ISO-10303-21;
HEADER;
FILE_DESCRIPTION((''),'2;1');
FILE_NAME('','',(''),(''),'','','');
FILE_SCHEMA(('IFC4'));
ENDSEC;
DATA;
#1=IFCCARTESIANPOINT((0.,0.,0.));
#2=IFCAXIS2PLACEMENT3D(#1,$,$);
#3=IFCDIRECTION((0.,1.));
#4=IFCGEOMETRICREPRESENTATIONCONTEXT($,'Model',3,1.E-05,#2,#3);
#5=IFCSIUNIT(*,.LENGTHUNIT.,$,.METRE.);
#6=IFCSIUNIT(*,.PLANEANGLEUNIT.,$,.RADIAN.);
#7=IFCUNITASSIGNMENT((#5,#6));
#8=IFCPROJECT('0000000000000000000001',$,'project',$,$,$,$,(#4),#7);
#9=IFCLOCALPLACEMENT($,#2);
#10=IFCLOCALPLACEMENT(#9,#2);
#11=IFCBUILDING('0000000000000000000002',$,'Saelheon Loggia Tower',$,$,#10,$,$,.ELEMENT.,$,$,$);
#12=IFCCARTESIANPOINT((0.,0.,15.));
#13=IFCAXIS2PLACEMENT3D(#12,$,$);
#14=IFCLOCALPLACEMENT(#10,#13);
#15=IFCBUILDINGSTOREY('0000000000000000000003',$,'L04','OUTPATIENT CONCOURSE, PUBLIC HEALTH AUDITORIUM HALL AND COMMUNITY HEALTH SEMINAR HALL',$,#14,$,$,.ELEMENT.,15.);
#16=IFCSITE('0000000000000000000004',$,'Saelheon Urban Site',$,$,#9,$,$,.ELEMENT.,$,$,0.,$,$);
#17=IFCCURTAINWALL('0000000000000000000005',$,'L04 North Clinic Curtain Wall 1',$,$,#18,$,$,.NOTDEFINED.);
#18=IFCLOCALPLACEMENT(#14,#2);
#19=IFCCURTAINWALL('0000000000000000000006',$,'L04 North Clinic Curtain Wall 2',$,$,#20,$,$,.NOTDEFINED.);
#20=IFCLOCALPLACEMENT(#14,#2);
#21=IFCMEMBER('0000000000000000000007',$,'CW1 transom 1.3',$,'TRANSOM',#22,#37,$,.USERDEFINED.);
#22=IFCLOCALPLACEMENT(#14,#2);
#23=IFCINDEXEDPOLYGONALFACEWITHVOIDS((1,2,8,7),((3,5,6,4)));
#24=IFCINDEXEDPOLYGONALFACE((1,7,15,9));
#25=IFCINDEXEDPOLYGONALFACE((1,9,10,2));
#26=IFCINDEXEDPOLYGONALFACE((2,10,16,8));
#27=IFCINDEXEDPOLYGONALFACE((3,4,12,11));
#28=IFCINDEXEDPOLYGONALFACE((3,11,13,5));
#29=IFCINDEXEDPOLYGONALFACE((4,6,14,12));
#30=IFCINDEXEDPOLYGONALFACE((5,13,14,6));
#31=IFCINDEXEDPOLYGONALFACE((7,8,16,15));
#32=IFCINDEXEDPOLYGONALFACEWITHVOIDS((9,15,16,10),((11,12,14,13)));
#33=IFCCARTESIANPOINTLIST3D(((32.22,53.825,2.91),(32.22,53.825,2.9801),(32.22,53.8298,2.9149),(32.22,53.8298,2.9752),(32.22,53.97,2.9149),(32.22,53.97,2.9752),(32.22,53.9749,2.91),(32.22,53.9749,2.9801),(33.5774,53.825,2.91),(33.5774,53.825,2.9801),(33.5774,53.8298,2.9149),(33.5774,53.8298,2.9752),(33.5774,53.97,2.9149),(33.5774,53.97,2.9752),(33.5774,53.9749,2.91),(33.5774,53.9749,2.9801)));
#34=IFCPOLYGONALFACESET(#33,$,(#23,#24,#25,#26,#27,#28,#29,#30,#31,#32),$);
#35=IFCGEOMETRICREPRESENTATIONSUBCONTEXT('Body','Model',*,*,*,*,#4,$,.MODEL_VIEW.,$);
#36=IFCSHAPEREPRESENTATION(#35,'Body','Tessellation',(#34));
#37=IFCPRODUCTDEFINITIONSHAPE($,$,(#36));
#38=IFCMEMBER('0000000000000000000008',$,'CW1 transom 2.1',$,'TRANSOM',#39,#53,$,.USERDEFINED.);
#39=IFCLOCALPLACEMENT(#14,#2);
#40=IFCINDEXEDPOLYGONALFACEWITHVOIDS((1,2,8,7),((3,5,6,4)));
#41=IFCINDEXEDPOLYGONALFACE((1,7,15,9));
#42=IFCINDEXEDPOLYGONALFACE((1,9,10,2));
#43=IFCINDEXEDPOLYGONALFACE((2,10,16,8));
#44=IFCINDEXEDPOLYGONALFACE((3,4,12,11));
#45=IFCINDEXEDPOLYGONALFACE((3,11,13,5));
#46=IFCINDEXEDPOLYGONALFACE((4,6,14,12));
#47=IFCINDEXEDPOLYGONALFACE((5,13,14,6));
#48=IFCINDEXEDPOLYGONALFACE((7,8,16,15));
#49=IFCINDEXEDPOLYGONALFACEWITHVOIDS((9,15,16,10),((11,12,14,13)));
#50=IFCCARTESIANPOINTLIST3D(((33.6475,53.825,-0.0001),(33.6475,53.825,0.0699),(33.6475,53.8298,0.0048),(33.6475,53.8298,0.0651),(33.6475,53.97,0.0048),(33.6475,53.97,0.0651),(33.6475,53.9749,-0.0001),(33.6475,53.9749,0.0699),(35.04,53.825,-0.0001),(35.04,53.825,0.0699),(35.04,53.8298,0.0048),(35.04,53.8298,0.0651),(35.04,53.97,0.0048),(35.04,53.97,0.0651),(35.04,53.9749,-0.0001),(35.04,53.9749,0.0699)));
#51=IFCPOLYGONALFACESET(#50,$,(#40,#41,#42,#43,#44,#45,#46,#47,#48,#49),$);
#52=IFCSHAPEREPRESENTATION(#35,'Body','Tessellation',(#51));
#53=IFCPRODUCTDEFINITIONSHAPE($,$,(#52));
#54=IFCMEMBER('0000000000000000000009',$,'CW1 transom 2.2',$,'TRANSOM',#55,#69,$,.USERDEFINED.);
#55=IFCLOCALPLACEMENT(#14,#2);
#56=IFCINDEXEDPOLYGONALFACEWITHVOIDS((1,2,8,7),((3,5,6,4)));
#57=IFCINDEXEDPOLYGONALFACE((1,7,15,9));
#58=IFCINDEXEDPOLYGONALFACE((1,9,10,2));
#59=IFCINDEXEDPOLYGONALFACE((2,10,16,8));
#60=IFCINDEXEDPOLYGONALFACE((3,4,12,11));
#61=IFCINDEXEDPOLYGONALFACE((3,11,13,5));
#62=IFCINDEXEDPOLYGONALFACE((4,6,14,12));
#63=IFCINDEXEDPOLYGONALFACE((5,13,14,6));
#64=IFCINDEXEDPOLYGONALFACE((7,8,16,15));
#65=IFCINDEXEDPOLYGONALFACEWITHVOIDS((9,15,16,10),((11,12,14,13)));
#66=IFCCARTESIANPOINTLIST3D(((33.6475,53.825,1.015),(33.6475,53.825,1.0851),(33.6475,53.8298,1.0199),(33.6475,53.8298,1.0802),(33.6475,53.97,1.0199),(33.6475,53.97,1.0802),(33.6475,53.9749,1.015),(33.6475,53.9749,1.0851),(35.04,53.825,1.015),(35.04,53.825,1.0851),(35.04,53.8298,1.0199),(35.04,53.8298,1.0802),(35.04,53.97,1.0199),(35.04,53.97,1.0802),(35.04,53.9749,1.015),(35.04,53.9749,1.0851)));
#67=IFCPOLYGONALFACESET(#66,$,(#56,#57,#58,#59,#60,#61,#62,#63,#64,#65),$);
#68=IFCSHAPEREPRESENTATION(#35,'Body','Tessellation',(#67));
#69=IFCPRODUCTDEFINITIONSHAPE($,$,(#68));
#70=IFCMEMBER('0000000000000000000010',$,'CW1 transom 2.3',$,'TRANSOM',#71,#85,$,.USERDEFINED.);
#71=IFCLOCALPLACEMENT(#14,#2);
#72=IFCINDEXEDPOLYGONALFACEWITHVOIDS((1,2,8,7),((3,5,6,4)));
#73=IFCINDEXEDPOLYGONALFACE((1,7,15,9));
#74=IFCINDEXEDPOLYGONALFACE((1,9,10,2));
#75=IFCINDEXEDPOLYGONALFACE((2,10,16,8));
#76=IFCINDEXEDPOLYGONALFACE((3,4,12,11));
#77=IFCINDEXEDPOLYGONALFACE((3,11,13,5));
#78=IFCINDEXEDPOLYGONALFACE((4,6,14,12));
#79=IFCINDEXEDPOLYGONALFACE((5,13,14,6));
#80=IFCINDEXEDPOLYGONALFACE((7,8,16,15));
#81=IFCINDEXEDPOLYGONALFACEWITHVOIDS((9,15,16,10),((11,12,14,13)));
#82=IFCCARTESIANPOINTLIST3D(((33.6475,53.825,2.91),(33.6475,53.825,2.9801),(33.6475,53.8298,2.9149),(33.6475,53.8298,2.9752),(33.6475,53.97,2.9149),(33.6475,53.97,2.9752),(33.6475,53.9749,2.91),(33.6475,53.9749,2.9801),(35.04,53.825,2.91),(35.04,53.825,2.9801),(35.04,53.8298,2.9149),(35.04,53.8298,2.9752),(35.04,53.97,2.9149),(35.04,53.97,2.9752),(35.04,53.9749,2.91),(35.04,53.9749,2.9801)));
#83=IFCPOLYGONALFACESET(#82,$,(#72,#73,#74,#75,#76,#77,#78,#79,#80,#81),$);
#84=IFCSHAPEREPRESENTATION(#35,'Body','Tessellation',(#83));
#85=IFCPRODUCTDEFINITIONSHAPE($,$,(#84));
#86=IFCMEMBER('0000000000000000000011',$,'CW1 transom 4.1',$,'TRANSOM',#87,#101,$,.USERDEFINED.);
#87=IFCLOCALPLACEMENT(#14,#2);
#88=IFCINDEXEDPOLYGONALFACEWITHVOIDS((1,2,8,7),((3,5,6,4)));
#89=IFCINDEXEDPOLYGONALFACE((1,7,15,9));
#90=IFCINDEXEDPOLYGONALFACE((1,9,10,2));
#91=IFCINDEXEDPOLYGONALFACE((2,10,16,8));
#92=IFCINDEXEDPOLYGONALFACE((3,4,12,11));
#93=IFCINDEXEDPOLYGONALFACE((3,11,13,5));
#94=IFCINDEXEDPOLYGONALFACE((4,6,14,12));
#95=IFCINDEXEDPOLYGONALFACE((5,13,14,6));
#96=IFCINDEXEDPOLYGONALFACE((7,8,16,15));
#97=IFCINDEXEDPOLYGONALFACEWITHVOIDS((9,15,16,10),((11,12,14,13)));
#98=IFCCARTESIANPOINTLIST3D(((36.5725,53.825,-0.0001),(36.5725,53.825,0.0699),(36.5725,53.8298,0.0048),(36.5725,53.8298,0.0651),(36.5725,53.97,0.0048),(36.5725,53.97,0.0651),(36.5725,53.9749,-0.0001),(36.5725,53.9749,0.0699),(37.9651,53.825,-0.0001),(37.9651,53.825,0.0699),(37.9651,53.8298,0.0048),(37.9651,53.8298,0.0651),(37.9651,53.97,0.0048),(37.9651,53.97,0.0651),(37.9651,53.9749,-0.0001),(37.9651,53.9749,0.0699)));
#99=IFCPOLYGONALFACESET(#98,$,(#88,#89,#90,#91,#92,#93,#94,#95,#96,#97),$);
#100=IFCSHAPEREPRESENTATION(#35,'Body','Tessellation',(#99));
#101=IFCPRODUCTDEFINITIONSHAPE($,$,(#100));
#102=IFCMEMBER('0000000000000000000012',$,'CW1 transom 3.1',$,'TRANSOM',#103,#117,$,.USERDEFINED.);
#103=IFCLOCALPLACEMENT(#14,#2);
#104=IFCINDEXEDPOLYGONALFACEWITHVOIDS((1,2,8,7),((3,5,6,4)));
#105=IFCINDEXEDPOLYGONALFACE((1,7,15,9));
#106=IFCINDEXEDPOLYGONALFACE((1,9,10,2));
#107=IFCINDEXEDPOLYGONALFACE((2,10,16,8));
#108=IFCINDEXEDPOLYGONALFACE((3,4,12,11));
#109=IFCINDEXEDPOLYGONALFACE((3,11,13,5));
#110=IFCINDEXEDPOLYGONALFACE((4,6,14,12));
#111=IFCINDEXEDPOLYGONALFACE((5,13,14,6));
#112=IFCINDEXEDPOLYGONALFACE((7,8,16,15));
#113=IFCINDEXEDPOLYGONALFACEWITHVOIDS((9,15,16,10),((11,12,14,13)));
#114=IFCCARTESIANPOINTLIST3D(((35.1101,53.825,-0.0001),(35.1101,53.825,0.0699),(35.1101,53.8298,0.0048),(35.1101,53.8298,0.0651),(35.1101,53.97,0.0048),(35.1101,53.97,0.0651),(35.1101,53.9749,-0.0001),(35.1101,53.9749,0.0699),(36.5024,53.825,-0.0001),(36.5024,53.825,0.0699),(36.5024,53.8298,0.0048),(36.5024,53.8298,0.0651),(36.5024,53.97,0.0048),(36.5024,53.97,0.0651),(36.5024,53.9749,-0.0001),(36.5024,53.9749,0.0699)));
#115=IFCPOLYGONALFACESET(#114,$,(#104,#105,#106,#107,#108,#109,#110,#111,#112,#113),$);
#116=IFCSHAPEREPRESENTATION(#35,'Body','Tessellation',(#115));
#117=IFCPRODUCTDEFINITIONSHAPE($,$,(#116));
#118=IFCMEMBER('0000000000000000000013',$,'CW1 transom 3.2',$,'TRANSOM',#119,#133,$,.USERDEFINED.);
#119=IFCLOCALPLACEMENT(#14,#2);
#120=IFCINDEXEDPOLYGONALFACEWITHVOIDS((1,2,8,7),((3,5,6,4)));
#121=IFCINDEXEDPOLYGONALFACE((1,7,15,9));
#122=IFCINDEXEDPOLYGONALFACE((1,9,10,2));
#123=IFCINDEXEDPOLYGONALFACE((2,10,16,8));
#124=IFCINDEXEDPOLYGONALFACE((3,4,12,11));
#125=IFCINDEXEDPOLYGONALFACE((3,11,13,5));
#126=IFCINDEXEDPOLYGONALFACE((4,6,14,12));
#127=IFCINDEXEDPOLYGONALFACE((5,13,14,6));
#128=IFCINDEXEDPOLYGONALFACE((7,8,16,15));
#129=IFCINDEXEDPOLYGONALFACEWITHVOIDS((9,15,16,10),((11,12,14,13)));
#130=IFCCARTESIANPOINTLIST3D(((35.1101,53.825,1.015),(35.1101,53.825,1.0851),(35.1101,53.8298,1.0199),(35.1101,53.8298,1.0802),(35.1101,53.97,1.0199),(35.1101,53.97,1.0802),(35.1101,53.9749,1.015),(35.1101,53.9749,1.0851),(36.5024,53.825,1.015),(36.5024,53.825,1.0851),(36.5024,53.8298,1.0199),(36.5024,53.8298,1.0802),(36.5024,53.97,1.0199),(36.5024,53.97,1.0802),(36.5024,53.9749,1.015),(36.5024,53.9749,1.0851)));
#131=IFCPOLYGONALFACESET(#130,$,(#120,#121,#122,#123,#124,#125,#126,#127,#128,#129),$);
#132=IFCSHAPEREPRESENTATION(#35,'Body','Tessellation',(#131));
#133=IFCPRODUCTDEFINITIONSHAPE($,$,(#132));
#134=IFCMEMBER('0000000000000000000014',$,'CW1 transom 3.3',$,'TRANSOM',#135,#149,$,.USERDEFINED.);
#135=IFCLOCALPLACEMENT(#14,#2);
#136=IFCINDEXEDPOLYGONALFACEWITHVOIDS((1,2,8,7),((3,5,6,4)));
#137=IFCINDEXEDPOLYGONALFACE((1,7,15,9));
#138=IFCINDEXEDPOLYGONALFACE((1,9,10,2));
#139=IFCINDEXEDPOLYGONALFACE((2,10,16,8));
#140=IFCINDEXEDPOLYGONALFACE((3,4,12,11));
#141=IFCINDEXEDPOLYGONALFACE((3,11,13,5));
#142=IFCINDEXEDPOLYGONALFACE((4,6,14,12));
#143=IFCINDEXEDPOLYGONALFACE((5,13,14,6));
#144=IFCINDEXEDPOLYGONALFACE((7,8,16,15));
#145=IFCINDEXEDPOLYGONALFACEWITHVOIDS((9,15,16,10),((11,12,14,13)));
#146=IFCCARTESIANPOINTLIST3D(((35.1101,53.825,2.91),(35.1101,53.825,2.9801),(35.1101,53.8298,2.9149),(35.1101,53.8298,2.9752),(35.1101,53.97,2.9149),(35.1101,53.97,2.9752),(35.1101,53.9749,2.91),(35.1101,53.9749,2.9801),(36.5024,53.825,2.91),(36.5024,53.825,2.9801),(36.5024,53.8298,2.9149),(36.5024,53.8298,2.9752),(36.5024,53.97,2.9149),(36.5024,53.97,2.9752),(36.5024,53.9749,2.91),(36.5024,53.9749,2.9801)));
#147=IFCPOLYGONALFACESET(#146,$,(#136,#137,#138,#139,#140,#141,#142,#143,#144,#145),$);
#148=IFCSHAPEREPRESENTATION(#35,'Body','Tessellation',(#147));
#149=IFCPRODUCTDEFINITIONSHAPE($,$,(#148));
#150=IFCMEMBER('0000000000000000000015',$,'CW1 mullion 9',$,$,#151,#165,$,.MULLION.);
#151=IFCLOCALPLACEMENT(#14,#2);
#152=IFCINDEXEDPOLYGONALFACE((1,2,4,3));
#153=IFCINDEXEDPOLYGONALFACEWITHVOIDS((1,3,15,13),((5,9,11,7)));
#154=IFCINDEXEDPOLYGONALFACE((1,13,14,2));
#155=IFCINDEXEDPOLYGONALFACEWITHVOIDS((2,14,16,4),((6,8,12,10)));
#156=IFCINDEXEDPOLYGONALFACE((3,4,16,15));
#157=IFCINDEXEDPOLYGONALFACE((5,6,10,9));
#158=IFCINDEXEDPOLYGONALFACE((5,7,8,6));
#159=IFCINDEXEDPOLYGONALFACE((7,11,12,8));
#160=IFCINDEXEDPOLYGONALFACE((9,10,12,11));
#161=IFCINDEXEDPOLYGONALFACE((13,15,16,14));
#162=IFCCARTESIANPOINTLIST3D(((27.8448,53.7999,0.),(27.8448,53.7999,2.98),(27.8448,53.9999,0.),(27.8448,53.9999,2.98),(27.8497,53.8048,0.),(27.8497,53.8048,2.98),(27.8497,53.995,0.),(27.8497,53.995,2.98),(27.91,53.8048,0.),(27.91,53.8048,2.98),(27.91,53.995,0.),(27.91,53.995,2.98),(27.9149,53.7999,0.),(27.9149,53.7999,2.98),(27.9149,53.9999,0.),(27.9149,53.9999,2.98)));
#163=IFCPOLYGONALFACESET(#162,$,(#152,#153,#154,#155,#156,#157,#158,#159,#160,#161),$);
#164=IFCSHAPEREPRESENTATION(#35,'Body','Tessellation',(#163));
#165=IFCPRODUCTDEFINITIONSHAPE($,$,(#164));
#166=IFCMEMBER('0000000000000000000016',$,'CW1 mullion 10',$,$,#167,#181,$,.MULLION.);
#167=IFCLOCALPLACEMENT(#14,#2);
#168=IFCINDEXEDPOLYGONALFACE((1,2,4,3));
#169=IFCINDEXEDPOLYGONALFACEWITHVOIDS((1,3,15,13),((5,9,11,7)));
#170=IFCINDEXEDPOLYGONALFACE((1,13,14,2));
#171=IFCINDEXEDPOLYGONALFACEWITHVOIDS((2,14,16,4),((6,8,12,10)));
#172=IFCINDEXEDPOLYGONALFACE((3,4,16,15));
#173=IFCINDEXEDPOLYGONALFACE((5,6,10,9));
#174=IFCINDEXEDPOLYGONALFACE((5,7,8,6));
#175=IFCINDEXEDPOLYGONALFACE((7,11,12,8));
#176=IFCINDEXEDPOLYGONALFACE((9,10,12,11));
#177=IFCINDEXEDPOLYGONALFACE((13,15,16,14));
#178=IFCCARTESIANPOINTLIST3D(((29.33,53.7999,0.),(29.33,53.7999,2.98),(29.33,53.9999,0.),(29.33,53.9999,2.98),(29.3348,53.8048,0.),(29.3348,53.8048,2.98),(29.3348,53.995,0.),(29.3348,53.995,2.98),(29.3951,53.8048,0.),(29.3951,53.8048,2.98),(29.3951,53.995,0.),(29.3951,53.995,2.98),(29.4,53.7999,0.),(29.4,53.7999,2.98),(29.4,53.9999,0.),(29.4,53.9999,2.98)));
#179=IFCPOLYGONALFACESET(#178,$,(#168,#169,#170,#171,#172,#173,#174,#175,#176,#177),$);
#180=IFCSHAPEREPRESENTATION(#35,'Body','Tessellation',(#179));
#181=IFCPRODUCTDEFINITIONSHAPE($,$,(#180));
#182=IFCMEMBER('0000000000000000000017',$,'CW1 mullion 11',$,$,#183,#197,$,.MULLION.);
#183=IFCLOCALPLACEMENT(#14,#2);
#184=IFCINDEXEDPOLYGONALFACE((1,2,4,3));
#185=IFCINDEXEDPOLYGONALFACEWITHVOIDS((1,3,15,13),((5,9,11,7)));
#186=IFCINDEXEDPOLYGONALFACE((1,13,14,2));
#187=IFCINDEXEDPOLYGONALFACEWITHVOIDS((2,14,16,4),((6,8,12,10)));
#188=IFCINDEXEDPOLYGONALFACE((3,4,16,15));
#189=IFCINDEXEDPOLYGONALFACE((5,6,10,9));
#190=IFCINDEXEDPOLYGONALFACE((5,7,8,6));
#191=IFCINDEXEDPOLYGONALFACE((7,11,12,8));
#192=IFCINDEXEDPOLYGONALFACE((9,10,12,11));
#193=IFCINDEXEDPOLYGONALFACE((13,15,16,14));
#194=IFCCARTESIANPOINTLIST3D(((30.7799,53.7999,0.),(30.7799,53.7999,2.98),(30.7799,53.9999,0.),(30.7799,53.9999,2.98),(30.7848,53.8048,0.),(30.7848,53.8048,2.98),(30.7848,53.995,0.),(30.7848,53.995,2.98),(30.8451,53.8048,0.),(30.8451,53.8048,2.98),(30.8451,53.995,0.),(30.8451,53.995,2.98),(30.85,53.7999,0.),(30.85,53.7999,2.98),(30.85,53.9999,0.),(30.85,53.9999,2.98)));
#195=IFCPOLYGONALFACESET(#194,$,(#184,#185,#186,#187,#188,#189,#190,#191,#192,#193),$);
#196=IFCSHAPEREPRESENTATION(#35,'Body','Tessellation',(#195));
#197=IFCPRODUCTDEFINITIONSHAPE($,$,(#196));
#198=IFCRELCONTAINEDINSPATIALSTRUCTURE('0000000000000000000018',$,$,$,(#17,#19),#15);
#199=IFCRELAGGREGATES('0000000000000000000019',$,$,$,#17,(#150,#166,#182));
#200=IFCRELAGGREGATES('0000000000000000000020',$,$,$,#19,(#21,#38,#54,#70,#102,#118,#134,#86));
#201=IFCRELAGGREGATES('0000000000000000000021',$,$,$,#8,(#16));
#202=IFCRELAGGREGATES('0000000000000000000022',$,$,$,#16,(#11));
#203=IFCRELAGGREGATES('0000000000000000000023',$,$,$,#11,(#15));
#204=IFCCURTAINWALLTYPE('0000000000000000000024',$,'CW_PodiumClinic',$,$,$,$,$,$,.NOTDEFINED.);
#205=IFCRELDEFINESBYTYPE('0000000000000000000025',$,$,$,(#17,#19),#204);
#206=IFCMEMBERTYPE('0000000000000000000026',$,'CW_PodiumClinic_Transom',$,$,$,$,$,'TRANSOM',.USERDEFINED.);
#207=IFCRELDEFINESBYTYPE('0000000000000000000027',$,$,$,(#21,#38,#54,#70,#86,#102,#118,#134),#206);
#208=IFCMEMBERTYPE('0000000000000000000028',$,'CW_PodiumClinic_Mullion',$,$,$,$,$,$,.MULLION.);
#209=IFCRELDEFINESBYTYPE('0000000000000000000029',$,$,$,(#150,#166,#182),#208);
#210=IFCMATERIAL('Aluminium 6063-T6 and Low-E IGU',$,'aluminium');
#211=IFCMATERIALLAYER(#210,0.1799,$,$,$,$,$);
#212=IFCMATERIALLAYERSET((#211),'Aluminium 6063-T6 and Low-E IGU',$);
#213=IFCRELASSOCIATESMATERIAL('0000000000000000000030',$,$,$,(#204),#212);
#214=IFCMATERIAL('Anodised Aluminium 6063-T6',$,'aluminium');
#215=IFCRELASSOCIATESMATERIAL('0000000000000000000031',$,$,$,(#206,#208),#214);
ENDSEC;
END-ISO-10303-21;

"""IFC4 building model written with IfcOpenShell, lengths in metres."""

from ifc_helpers import new_model, si_unit, direction, frame, origin, origin_2d, place, context, subcontext, project, spatial, hollow_rectangle, extrude, source, transform, mapped, material, layer, layer_set, material_profile, profile_set, type_object, element, aggregate, save


model = new_model("IFC4")

# Units and contexts
model_context = context("Model", 3, precision=1e-05, world=origin(), true_north=direction((0.0, 1.0)))
body_context = subcontext(model_context, "Body", "Model", "MODEL_VIEW")
ifc_project = project(units=[si_unit("LENGTHUNIT", "METRE"), si_unit("PLANEANGLEUNIT", "RADIAN")], contexts=[model_context])

# Site, building, storey
site_placement = place(None, origin())
site = spatial("IfcSite", under=ifc_project, at=site_placement, Name="Saelheon Urban Site", CompositionType="ELEMENT", RefElevation=0.0)
building_placement = place(site_placement, origin())
building = spatial("IfcBuilding", under=site, at=building_placement, Name="Saelheon Loggia Tower", CompositionType="ELEMENT")
storey_placement = place(building_placement, frame((0.0, 0.0, 15.0)))
storey = spatial("IfcBuildingStorey", under=building, at=storey_placement, Name="L04", Description="OUTPATIENT CONCOURSE, PUBLIC HEALTH AUDITORIUM HALL AND COMMUNITY HEALTH SEMINAR HALL", CompositionType="ELEMENT", Elevation=15.0)

# Curtain walls, members
ifc_material_1 = material(Name="Aluminium 6063-T6 and Low-E IGU", Category="aluminium")
ifc_layer_1 = layer(ifc_material_1, 0.1799)
ifc_layer_set_1 = layer_set([ifc_layer_1], Name="Aluminium 6063-T6 and Low-E IGU")
curtain_wall_type = type_object("IfcCurtainWallType", Name="CW_PodiumClinic", PredefinedType="NOTDEFINED", material=ifc_layer_set_1)
curtain_wall_1_placement = place(storey_placement, origin())
curtain_wall_1 = element("IfcCurtainWall", 1, at=curtain_wall_1_placement, inside=storey, type_object=curtain_wall_type, Name="L04 North Clinic Curtain Wall 1", PredefinedType="NOTDEFINED")
ifc_material_2 = material(Name="Anodised Aluminium 6063-T6", Category="aluminium")
ifc_material_profile_1 = material_profile(ifc_material_2, hollow_rectangle(XDim=0.0701, YDim=0.1499, WallThickness=0.0049, at=origin_2d()), Name="RHS-150x70x5")
ifc_profile_set_1 = profile_set([ifc_material_profile_1], Name="Anodised Aluminium 6063-T6")
member_type_1 = type_object("IfcMemberType", Name="CW_PodiumClinic_Transom", ElementType="TRANSOM", PredefinedType="USERDEFINED", material=ifc_profile_set_1)
curtain_wall_2_placement = place(storey_placement, origin())
curtain_wall_2 = element("IfcCurtainWall", 2, at=curtain_wall_2_placement, inside=storey, type_object=curtain_wall_type, Name="L04 North Clinic Curtain Wall 2", PredefinedType="NOTDEFINED")
shared_shape_1 = source(origin(), body_context, "Body", "SweptSolid", [
    extrude(hollow_rectangle(XDim=0.0701, YDim=0.1499, WallThickness=0.0049, at=origin_2d()), origin(), (0.0, 0.0, 1.0), 1.3574),
])
member_1_placement = place(storey_placement, frame((32.22, 53.8999, 2.9451), z_axis=(1.0, 0.0, 0.0), x_axis=(0.0, 0.0, 1.0)))
member_1 = element("IfcMember", 3, at=member_1_placement, type_object=member_type_1, Name="CW1 transom 1.3", ObjectType="TRANSOM", PredefinedType="USERDEFINED", context=body_context, shape_type="MappedRepresentation", body=[
    mapped(shared_shape_1, transform((0.0, 0.0, 0.0), scale=1.0)),
])
shared_shape_2 = source(origin(), body_context, "Body", "SweptSolid", [
    extrude(hollow_rectangle(XDim=0.0701, YDim=0.1499, WallThickness=0.0049, at=origin_2d()), origin(), (0.0, 0.0, 1.0), 1.3926),
])
member_2_placement = place(storey_placement, frame((33.6475, 53.8999, 0.0349), z_axis=(1.0, 0.0, 0.0), x_axis=(0.0, 0.0, 1.0)))
member_2 = element("IfcMember", 4, at=member_2_placement, type_object=member_type_1, Name="CW1 transom 2.1", ObjectType="TRANSOM", PredefinedType="USERDEFINED", context=body_context, shape_type="MappedRepresentation", body=[
    mapped(shared_shape_2, transform((0.0, 0.0, 0.0), scale=1.0)),
])
member_3_placement = place(storey_placement, frame((33.6475, 53.8999, 1.05), z_axis=(1.0, 0.0, 0.0), x_axis=(0.0, 0.0, 1.0)))
member_3 = element("IfcMember", 5, at=member_3_placement, type_object=member_type_1, Name="CW1 transom 2.2", ObjectType="TRANSOM", PredefinedType="USERDEFINED", context=body_context, shape_type="MappedRepresentation", body=[
    mapped(shared_shape_2, transform((0.0, 0.0, 0.0), scale=1.0)),
])
member_4_placement = place(storey_placement, frame((33.6475, 53.8999, 2.9451), z_axis=(1.0, 0.0, 0.0), x_axis=(0.0, 0.0, 1.0)))
member_4 = element("IfcMember", 6, at=member_4_placement, type_object=member_type_1, Name="CW1 transom 2.3", ObjectType="TRANSOM", PredefinedType="USERDEFINED", context=body_context, shape_type="MappedRepresentation", body=[
    mapped(shared_shape_2, transform((0.0, 0.0, 0.0), scale=1.0)),
])
member_5_placement = place(storey_placement, frame((36.5725, 53.8999, 0.0349), z_axis=(1.0, 0.0, 0.0), x_axis=(0.0, 0.0, 1.0)))
member_5 = element("IfcMember", 7, at=member_5_placement, type_object=member_type_1, Name="CW1 transom 4.1", ObjectType="TRANSOM", PredefinedType="USERDEFINED", context=body_context, shape_type="MappedRepresentation", body=[
    mapped(shared_shape_2, transform((0.0, 0.0, 0.0), scale=1.0)),
])
shared_shape_3 = source(origin(), body_context, "Body", "SweptSolid", [
    extrude(hollow_rectangle(XDim=0.0701, YDim=0.1499, WallThickness=0.0049, at=origin_2d()), origin(), (0.0, 0.0, 1.0), 1.3923),
])
member_6_placement = place(storey_placement, frame((35.1101, 53.8999, 0.0349), z_axis=(1.0, 0.0, 0.0), x_axis=(0.0, 0.0, 1.0)))
member_6 = element("IfcMember", 8, at=member_6_placement, type_object=member_type_1, Name="CW1 transom 3.1", ObjectType="TRANSOM", PredefinedType="USERDEFINED", context=body_context, shape_type="MappedRepresentation", body=[
    mapped(shared_shape_3, transform((0.0, 0.0, 0.0), scale=1.0)),
])
member_7_placement = place(storey_placement, frame((35.1101, 53.8999, 1.05), z_axis=(1.0, 0.0, 0.0), x_axis=(0.0, 0.0, 1.0)))
member_7 = element("IfcMember", 9, at=member_7_placement, type_object=member_type_1, Name="CW1 transom 3.2", ObjectType="TRANSOM", PredefinedType="USERDEFINED", context=body_context, shape_type="MappedRepresentation", body=[
    mapped(shared_shape_3, transform((0.0, 0.0, 0.0), scale=1.0)),
])
member_8_placement = place(storey_placement, frame((35.1101, 53.8999, 2.9451), z_axis=(1.0, 0.0, 0.0), x_axis=(0.0, 0.0, 1.0)))
member_8 = element("IfcMember", 10, at=member_8_placement, type_object=member_type_1, Name="CW1 transom 3.3", ObjectType="TRANSOM", PredefinedType="USERDEFINED", context=body_context, shape_type="MappedRepresentation", body=[
    mapped(shared_shape_3, transform((0.0, 0.0, 0.0), scale=1.0)),
])

# Members
ifc_material_profile_2 = material_profile(ifc_material_2, hollow_rectangle(XDim=0.0701, YDim=0.2, WallThickness=0.0049, at=origin_2d()), Name="RHS-200x70x5")
ifc_profile_set_2 = profile_set([ifc_material_profile_2], Name="Anodised Aluminium 6063-T6")
member_type_2 = type_object("IfcMemberType", Name="CW_PodiumClinic_Mullion", PredefinedType="MULLION", material=ifc_profile_set_2)
shared_shape_4 = source(origin(), body_context, "Body", "SweptSolid", [
    extrude(hollow_rectangle(XDim=0.0701, YDim=0.2, WallThickness=0.0049, at=origin_2d()), origin(), (0.0, 0.0, 1.0), 2.98),
])
member_9_placement = place(storey_placement, frame((27.8799, 53.8999, 0.0), z_axis=(0.0, 0.0, 1.0), x_axis=(1.0, 0.0, 0.0)))
member_9 = element("IfcMember", 11, at=member_9_placement, type_object=member_type_2, Name="CW1 mullion 9", PredefinedType="MULLION", context=body_context, shape_type="MappedRepresentation", body=[
    mapped(shared_shape_4, transform((0.0, 0.0, 0.0), scale=1.0)),
])
member_10_placement = place(storey_placement, frame((29.365, 53.8999, 0.0), z_axis=(0.0, 0.0, 1.0), x_axis=(1.0, 0.0, 0.0)))
member_10 = element("IfcMember", 12, at=member_10_placement, type_object=member_type_2, Name="CW1 mullion 10", PredefinedType="MULLION", context=body_context, shape_type="MappedRepresentation", body=[
    mapped(shared_shape_4, transform((0.0, 0.0, 0.0), scale=1.0)),
])
member_11_placement = place(storey_placement, frame((30.8149, 53.8999, 0.0), z_axis=(0.0, 0.0, 1.0), x_axis=(1.0, 0.0, 0.0)))
member_11 = element("IfcMember", 13, at=member_11_placement, type_object=member_type_2, Name="CW1 mullion 11", PredefinedType="MULLION", context=body_context, shape_type="MappedRepresentation", body=[
    mapped(shared_shape_4, transform((0.0, 0.0, 0.0), scale=1.0)),
])

aggregate(curtain_wall_1, [member_9, member_10, member_11])
aggregate(curtain_wall_2, [member_1, member_2, member_3, member_4, member_6, member_7, member_8, member_5])

save(model, "model.ifc")
